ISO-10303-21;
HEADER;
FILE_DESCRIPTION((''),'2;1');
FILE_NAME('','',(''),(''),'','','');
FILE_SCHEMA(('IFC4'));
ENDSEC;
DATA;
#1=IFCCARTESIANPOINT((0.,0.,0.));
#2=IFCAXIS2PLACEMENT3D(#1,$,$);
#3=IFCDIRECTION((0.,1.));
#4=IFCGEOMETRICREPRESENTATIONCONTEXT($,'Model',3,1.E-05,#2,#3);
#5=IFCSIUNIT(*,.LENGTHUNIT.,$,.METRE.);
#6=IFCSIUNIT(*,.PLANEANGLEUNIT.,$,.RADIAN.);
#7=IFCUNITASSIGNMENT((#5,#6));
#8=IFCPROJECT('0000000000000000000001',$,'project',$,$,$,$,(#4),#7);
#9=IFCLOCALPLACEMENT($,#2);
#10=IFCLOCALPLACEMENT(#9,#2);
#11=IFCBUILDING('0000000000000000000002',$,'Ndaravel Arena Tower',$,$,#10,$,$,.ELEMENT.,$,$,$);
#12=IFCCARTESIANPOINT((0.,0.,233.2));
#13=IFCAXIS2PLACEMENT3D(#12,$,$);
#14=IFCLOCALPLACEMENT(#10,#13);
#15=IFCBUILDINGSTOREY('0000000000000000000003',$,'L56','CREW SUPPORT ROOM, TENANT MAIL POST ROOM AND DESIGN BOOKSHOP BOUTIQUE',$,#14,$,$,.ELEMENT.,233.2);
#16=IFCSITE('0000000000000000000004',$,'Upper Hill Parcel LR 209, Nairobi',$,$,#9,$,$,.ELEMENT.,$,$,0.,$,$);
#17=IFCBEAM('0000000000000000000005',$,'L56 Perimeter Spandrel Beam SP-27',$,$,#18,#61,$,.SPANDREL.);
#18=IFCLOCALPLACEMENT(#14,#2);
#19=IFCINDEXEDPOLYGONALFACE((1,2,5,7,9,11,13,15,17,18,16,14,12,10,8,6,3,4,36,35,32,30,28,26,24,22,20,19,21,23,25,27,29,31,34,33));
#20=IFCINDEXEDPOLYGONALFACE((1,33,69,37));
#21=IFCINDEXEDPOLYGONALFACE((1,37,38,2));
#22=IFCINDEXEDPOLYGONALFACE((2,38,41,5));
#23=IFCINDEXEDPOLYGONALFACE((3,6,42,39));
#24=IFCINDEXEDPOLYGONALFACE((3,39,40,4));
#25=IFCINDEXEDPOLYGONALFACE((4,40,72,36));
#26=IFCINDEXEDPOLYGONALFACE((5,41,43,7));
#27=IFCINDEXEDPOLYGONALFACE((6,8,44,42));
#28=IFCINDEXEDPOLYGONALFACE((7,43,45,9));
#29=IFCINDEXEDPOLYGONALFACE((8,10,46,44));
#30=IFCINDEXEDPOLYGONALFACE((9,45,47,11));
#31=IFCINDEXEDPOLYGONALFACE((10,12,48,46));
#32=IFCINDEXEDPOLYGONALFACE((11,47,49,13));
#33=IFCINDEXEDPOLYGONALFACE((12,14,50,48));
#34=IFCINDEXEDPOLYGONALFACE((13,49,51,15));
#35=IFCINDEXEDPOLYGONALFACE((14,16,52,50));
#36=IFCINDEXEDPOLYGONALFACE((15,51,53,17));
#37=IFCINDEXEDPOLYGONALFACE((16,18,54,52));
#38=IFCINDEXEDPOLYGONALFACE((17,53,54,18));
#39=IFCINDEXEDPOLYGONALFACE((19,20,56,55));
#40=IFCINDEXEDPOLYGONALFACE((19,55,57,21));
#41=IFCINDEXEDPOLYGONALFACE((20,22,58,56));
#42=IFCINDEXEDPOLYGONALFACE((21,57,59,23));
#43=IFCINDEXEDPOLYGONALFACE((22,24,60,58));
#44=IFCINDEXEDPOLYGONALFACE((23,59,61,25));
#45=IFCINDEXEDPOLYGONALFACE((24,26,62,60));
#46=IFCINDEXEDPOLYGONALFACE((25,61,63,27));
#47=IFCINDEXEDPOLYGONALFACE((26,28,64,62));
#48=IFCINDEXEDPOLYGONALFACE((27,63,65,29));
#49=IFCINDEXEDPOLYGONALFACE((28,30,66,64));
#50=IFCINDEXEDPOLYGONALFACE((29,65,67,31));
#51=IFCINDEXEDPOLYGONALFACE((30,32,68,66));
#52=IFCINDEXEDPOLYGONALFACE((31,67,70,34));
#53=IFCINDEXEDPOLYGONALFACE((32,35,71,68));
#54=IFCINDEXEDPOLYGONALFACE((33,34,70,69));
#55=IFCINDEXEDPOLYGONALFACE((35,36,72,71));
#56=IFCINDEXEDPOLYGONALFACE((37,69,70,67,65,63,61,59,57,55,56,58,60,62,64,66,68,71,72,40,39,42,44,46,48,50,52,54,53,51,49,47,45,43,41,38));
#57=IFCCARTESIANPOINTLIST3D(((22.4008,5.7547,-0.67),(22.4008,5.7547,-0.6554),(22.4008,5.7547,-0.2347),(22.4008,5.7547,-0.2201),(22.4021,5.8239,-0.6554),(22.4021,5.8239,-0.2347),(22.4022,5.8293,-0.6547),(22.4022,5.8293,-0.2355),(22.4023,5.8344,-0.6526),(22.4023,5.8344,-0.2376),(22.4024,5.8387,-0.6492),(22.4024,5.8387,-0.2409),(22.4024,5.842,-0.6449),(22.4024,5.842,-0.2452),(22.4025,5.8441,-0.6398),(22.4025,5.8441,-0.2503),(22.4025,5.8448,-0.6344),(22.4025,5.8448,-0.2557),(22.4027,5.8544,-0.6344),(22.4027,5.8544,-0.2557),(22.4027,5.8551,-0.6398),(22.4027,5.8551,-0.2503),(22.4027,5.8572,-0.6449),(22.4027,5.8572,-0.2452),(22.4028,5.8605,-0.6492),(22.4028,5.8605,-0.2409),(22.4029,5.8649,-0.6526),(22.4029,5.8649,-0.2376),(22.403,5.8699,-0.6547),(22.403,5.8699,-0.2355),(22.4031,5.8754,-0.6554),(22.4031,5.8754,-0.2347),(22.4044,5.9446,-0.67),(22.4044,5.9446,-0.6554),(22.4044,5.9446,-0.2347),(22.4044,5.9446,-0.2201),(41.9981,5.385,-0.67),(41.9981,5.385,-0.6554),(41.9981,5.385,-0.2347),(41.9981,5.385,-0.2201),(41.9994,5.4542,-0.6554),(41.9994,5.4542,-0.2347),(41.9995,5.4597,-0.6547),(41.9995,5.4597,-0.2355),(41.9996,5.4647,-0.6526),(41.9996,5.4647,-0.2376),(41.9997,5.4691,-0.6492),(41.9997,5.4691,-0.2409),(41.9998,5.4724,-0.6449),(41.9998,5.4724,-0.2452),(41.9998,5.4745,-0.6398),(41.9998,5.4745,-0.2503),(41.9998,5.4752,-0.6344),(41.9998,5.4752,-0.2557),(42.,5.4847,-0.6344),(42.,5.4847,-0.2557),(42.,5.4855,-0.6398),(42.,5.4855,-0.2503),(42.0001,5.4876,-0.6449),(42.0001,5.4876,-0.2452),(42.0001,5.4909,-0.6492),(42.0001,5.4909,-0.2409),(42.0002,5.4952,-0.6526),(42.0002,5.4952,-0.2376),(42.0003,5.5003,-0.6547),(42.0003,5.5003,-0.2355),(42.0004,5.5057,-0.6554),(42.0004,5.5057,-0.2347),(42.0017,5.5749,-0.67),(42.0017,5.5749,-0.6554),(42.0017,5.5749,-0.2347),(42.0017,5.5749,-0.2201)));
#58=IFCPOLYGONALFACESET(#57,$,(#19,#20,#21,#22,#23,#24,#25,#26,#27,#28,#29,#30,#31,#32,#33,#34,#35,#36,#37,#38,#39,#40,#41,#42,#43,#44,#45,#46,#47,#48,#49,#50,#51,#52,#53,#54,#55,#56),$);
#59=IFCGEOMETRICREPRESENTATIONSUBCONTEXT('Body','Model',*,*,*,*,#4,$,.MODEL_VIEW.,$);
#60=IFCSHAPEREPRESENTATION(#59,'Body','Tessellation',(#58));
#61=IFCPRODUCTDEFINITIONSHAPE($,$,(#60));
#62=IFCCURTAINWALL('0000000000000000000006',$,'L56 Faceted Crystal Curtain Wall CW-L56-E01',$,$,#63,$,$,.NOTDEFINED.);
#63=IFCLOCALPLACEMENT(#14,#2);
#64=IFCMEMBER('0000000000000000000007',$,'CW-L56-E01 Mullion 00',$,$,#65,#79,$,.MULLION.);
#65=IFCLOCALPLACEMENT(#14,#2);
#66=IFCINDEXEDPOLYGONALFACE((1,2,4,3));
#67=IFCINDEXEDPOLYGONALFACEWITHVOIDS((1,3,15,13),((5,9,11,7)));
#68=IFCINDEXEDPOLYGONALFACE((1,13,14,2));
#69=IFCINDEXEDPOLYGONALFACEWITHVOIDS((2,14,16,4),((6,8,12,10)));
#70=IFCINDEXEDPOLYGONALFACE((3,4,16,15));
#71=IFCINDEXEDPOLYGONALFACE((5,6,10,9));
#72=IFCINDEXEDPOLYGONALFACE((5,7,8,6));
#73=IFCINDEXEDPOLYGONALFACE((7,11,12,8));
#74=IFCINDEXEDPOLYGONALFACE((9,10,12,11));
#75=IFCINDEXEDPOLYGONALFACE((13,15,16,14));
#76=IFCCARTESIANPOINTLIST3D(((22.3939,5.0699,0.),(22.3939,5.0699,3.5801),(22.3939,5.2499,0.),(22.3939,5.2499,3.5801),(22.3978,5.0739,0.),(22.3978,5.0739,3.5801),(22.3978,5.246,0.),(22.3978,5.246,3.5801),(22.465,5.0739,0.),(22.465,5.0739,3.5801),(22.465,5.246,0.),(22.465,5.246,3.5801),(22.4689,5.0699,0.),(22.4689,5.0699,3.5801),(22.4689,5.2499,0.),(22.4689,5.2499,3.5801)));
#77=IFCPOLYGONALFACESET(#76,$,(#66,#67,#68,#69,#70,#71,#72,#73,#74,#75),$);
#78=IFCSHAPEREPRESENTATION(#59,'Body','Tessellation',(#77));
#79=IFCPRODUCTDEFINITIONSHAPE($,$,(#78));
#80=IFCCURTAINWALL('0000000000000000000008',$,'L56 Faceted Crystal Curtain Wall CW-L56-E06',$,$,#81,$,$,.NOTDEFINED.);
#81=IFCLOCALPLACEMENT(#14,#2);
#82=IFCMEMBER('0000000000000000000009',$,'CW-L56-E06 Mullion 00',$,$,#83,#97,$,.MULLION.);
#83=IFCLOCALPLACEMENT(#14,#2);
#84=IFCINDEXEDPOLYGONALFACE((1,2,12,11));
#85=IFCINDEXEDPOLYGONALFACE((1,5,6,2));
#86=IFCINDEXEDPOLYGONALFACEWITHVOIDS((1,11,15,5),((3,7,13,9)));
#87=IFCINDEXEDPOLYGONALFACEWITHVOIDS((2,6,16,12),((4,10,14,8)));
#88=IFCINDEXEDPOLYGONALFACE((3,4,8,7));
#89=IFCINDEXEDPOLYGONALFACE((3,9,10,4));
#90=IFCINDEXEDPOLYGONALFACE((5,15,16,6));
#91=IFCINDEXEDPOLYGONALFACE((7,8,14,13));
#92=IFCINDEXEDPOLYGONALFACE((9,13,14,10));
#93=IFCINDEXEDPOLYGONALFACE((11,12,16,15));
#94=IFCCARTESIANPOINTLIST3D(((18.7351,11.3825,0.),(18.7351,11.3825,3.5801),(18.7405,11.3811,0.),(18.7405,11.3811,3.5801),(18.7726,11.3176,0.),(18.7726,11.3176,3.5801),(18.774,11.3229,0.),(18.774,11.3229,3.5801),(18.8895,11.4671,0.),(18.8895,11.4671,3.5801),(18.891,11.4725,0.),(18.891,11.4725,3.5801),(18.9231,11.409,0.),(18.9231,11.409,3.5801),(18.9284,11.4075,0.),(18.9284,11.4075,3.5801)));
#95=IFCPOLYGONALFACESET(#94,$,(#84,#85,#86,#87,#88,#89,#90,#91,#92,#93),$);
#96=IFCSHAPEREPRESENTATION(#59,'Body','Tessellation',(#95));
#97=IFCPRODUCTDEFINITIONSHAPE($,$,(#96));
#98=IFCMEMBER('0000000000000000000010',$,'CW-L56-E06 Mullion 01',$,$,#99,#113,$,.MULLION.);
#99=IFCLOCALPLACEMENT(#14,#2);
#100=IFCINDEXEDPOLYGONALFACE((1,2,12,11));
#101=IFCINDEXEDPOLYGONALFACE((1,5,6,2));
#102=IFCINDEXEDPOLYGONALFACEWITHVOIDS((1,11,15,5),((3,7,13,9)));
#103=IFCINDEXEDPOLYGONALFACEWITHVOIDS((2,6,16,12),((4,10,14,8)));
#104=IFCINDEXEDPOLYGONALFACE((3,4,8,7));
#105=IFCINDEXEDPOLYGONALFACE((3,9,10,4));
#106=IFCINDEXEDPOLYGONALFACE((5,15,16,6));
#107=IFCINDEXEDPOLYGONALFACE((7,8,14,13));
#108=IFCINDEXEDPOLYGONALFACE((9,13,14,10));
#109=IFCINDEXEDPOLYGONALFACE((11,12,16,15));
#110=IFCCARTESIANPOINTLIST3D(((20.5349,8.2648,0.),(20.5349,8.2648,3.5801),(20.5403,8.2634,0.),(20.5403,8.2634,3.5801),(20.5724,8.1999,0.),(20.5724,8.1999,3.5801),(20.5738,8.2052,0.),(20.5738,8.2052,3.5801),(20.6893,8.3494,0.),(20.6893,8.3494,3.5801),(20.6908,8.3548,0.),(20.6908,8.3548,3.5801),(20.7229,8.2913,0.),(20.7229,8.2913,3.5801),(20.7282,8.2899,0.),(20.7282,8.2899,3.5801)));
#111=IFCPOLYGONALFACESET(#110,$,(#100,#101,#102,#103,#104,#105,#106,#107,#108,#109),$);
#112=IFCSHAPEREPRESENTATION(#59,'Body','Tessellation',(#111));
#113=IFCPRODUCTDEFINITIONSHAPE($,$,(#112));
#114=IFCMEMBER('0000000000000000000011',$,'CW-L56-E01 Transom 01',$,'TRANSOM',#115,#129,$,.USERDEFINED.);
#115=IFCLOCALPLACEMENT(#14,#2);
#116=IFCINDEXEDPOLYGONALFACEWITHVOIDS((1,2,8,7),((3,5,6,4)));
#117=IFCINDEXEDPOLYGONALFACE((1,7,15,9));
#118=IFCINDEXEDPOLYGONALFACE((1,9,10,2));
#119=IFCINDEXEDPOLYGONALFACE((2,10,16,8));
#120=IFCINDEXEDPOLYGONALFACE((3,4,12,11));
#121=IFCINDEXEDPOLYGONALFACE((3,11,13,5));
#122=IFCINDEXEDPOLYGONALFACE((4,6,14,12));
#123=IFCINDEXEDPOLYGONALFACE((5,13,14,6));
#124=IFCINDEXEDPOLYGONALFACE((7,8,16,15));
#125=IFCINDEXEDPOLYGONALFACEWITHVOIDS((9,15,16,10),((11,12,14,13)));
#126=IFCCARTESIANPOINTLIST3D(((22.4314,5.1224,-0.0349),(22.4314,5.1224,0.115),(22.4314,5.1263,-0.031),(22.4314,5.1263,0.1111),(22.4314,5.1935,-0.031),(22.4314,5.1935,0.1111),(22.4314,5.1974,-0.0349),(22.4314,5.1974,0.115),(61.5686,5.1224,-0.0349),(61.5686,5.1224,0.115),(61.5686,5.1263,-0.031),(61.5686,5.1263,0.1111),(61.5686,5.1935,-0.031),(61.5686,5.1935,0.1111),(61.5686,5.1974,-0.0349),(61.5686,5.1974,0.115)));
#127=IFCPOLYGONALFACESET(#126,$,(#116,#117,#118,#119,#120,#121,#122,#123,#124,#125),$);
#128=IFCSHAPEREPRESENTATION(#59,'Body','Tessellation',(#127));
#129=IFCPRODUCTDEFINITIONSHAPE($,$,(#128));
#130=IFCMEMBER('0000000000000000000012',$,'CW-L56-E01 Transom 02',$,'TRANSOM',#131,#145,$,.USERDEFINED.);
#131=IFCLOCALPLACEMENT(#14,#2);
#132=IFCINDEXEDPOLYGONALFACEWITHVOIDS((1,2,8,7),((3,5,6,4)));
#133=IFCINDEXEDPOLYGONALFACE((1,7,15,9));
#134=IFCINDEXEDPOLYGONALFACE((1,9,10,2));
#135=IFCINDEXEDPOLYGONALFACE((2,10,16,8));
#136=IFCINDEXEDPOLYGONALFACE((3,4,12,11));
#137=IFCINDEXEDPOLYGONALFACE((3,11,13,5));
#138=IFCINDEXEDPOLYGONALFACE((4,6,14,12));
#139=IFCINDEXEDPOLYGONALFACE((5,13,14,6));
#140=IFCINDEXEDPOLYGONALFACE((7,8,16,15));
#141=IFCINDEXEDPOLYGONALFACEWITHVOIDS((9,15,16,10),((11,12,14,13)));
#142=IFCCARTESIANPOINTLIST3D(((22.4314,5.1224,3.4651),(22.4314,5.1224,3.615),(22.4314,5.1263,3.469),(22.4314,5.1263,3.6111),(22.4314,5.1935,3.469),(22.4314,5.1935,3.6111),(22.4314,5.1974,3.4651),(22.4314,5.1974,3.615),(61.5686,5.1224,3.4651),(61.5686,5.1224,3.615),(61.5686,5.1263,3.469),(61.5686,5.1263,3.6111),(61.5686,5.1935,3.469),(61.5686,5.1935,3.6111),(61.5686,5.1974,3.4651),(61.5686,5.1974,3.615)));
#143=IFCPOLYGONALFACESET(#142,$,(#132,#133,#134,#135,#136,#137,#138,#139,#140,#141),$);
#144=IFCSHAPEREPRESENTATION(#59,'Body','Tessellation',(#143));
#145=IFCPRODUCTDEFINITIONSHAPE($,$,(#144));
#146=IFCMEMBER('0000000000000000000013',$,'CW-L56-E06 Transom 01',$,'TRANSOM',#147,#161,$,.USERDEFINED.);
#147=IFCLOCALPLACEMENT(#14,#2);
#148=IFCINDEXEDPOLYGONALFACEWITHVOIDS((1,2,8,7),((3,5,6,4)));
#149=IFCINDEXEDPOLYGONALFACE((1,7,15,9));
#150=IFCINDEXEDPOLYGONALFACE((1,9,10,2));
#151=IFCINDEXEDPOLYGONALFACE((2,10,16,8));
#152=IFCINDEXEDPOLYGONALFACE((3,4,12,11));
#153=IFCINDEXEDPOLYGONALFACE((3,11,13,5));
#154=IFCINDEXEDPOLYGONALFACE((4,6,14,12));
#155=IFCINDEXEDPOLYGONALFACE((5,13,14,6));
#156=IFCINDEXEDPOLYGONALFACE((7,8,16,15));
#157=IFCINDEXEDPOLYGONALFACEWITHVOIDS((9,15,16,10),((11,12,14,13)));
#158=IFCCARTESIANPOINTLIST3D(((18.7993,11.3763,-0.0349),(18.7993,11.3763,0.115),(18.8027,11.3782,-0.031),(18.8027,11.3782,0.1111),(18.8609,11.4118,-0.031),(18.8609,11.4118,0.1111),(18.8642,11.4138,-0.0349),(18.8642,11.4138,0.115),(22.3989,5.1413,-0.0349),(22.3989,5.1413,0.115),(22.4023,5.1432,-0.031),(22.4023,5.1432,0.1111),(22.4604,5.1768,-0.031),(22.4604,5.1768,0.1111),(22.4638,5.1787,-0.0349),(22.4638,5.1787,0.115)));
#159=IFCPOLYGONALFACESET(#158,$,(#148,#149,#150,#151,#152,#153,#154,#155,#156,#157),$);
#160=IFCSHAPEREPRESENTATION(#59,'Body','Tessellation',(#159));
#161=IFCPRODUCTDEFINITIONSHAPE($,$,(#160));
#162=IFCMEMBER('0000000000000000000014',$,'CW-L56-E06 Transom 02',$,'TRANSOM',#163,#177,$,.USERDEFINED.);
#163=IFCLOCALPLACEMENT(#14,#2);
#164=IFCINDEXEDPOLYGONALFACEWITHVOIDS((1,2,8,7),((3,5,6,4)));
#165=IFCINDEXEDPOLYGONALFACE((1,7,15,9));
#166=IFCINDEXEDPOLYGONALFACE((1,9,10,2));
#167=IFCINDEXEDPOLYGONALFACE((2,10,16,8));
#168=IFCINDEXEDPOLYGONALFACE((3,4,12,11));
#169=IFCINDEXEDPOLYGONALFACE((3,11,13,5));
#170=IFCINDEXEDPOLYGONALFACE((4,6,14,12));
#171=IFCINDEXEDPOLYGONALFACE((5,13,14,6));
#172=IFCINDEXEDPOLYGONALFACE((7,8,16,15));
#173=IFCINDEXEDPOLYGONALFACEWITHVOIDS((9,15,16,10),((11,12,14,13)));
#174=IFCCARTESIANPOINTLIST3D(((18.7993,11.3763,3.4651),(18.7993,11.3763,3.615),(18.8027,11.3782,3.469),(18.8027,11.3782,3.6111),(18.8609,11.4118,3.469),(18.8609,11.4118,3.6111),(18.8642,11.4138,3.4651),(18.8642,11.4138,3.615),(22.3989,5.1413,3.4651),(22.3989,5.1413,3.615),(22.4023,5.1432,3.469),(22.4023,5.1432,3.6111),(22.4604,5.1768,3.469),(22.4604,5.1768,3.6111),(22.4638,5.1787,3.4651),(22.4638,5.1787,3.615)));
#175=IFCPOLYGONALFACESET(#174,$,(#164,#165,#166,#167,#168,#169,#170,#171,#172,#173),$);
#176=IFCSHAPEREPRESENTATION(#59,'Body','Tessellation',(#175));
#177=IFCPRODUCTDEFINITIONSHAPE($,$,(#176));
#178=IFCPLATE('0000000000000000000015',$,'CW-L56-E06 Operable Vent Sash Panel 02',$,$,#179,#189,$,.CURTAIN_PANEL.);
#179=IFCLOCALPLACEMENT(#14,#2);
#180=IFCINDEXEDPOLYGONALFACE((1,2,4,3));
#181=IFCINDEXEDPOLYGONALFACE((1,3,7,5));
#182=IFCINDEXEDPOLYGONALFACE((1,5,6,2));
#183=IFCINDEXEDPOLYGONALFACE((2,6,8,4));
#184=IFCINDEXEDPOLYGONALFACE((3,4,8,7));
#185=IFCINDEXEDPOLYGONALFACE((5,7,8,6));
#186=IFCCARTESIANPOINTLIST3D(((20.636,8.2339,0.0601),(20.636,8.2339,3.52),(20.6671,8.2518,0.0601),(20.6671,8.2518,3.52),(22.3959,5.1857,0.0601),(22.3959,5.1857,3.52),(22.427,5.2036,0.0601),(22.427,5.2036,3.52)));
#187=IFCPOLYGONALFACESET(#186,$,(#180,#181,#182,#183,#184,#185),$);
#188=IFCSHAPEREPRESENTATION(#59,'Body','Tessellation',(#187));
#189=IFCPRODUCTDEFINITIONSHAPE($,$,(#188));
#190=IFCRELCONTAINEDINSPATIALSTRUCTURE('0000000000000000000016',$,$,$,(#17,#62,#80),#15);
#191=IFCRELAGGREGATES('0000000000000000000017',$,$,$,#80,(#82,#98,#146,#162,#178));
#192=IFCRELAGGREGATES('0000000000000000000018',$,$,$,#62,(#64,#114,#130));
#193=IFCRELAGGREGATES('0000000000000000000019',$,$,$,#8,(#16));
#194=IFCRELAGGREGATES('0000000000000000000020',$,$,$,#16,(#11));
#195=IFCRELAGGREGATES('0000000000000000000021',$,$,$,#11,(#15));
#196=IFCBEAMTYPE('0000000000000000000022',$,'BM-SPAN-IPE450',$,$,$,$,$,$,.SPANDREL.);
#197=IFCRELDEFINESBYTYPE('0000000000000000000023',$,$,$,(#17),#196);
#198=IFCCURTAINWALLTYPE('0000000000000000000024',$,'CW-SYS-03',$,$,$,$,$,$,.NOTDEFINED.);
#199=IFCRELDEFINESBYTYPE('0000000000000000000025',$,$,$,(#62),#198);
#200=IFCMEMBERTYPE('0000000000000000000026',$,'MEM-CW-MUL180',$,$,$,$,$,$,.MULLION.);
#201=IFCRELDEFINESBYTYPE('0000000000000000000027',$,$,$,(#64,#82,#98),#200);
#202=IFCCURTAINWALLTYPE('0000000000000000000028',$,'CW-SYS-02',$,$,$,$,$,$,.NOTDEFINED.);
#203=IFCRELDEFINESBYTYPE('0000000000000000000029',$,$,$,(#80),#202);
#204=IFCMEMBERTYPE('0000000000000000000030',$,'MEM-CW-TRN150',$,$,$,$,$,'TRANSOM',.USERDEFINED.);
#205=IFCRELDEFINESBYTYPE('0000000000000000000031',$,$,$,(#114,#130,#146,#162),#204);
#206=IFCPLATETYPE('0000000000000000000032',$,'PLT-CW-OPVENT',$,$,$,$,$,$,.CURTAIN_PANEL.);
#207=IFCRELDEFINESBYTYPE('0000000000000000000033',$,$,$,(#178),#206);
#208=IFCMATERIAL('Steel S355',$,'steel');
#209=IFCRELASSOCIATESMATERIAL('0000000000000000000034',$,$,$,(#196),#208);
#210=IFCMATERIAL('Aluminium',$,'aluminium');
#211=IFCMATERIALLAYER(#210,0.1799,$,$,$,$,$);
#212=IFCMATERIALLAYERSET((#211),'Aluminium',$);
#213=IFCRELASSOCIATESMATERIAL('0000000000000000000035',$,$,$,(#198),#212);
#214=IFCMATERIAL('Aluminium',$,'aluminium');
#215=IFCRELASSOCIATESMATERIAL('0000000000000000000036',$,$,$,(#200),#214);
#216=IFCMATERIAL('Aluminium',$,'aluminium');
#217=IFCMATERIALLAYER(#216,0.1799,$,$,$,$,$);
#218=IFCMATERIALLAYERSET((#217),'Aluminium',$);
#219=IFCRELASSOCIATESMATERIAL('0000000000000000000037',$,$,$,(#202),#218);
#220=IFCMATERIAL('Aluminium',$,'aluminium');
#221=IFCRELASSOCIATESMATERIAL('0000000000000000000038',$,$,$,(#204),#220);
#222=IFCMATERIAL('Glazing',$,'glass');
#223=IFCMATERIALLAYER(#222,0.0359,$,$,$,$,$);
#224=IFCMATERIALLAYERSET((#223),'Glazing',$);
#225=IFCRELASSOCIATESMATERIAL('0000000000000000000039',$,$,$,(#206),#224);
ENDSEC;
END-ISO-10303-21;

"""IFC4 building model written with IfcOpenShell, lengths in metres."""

from ifc_helpers import new_model, si_unit, direction, frame, origin, origin_2d, place, context, subcontext, project, spatial, rectangle, hollow_rectangle, i_section, extrude, material, layer, layer_set, material_profile, profile_set, type_object, element, aggregate, save


model = new_model("IFC4")

# Units and contexts
model_context = context("Model", 3, precision=1e-05, world=origin(), true_north=direction((0.0, 1.0)))
body_context = subcontext(model_context, "Body", "Model", "MODEL_VIEW")
ifc_project = project(units=[si_unit("LENGTHUNIT", "METRE"), si_unit("PLANEANGLEUNIT", "RADIAN")], contexts=[model_context])

# Site, building, storey
site_placement = place(None, origin())
site = spatial("IfcSite", under=ifc_project, at=site_placement, Name="Upper Hill Parcel LR 209, Nairobi", CompositionType="ELEMENT", RefElevation=0.0)
building_placement = place(site_placement, origin())
building = spatial("IfcBuilding", under=site, at=building_placement, Name="Ndaravel Arena Tower", CompositionType="ELEMENT")
storey_placement = place(building_placement, frame((0.0, 0.0, 233.2)))
storey = spatial("IfcBuildingStorey", under=building, at=storey_placement, Name="L56", Description="CREW SUPPORT ROOM, TENANT MAIL POST ROOM AND DESIGN BOOKSHOP BOUTIQUE", CompositionType="ELEMENT", Elevation=233.2)

# Beam
ifc_material_1 = material(Name="Steel S355", Category="steel")
ifc_material_profile_1 = material_profile(ifc_material_1, i_section(OverallWidth=0.1899, OverallDepth=0.45, WebThickness=0.0095, FlangeThickness=0.0146, FilletRadius=0.021, at=origin_2d()), Name="IPE 450")
ifc_profile_set_1 = profile_set([ifc_material_profile_1], Name="Steel S355")
beam_type = type_object("IfcBeamType", Name="BM-SPAN-IPE450", PredefinedType="SPANDREL", material=ifc_profile_set_1)
beam_1_placement = place(storey_placement, frame((22.4026, 5.8496, -0.4451), z_axis=(0.999822, -0.018858, 0.0), x_axis=(0.018858, 0.999822, 0.0)))
element("IfcBeam", 1, at=beam_1_placement, inside=storey, type_object=beam_type, Name="L56 Perimeter Spandrel Beam SP-27", PredefinedType="SPANDREL", context=body_context, shape_type="SweptSolid", body=[
    extrude(i_section(OverallWidth=0.1899, OverallDepth=0.45, WebThickness=0.0095, FlangeThickness=0.0146, FilletRadius=0.021, at=origin_2d()), origin(), (0.0, 0.0, 1.0), 19.6008),
])

# Curtain wall, member
ifc_material_2 = material(Name="Aluminium", Category="aluminium")
ifc_layer_1 = layer(ifc_material_2, 0.1799)
ifc_layer_set_1 = layer_set([ifc_layer_1], Name="Aluminium")
curtain_wall_type_1 = type_object("IfcCurtainWallType", Name="CW-SYS-03", PredefinedType="NOTDEFINED", material=ifc_layer_set_1)
curtain_wall_1_placement = place(storey_placement, origin())
curtain_wall_1 = element("IfcCurtainWall", 2, at=curtain_wall_1_placement, inside=storey, type_object=curtain_wall_type_1, Name="L56 Faceted Crystal Curtain Wall CW-L56-E01", PredefinedType="NOTDEFINED")
ifc_material_3 = material(Name="Aluminium", Category="aluminium")
ifc_material_profile_2 = material_profile(ifc_material_3, hollow_rectangle(XDim=0.075, YDim=0.1799, WallThickness=0.0039, at=origin_2d()), Name="CW MULLION 75x180x4")
ifc_profile_set_2 = profile_set([ifc_material_profile_2], Name="Aluminium")
member_type_1 = type_object("IfcMemberType", Name="MEM-CW-MUL180", PredefinedType="MULLION", material=ifc_profile_set_2)
member_1_placement = place(storey_placement, frame((22.4314, 5.1599, 0.0), z_axis=(0.0, 0.0, 1.0), x_axis=(1.0, 0.0, 0.0)))
member_1 = element("IfcMember", 3, at=member_1_placement, type_object=member_type_1, Name="CW-L56-E01 Mullion 00", PredefinedType="MULLION", context=body_context, shape_type="SweptSolid", body=[
    extrude(hollow_rectangle(XDim=0.075, YDim=0.1799, WallThickness=0.0039, at=origin_2d()), origin(), (0.0, 0.0, 1.0), 3.5801),
])

# Curtain wall, members
ifc_material_4 = material(Name="Aluminium", Category="aluminium")
ifc_layer_2 = layer(ifc_material_4, 0.1799)
ifc_layer_set_2 = layer_set([ifc_layer_2], Name="Aluminium")
curtain_wall_type_2 = type_object("IfcCurtainWallType", Name="CW-SYS-02", PredefinedType="NOTDEFINED", material=ifc_layer_set_2)
curtain_wall_2_placement = place(storey_placement, origin())
curtain_wall_2 = element("IfcCurtainWall", 4, at=curtain_wall_2_placement, inside=storey, type_object=curtain_wall_type_2, Name="L56 Faceted Crystal Curtain Wall CW-L56-E06", PredefinedType="NOTDEFINED")
member_2_placement = place(storey_placement, frame((18.8318, 11.395, 0.0), z_axis=(0.0, 0.0, 1.0), x_axis=(0.499985, -0.866034, 0.0)))
member_2 = element("IfcMember", 5, at=member_2_placement, type_object=member_type_1, Name="CW-L56-E06 Mullion 00", PredefinedType="MULLION", context=body_context, shape_type="SweptSolid", body=[
    extrude(hollow_rectangle(XDim=0.075, YDim=0.1799, WallThickness=0.0039, at=origin_2d()), origin(), (0.0, 0.0, 1.0), 3.5801),
])
member_3_placement = place(storey_placement, frame((20.6316, 8.2773, 0.0), z_axis=(0.0, 0.0, 1.0), x_axis=(0.499985, -0.866034, 0.0)))
member_3 = element("IfcMember", 6, at=member_3_placement, type_object=member_type_1, Name="CW-L56-E06 Mullion 01", PredefinedType="MULLION", context=body_context, shape_type="SweptSolid", body=[
    extrude(hollow_rectangle(XDim=0.075, YDim=0.1799, WallThickness=0.0039, at=origin_2d()), origin(), (0.0, 0.0, 1.0), 3.5801),
])

# Members
ifc_material_5 = material(Name="Aluminium", Category="aluminium")
ifc_material_profile_3 = material_profile(ifc_material_5, hollow_rectangle(XDim=0.075, YDim=0.1499, WallThickness=0.0039, at=origin_2d()), Name="CW TRANSOM 75x150x4")
ifc_profile_set_3 = profile_set([ifc_material_profile_3], Name="Aluminium")
member_type_2 = type_object("IfcMemberType", Name="MEM-CW-TRN150", ElementType="TRANSOM", PredefinedType="USERDEFINED", material=ifc_profile_set_3)
member_4_placement = place(storey_placement, frame((22.4314, 5.1599, 0.04), z_axis=(1.0, 0.0, 0.0), x_axis=(0.0, 1.0, 0.0)))
member_4 = element("IfcMember", 7, at=member_4_placement, type_object=member_type_2, Name="CW-L56-E01 Transom 01", ObjectType="TRANSOM", PredefinedType="USERDEFINED", context=body_context, shape_type="SweptSolid", body=[
    extrude(hollow_rectangle(XDim=0.075, YDim=0.1499, WallThickness=0.0039, at=origin_2d()), origin(), (0.0, 0.0, 1.0), 39.1372),
])
member_5_placement = place(storey_placement, frame((22.4314, 5.1599, 3.54), z_axis=(1.0, 0.0, 0.0), x_axis=(0.0, 1.0, 0.0)))
member_5 = element("IfcMember", 8, at=member_5_placement, type_object=member_type_2, Name="CW-L56-E01 Transom 02", ObjectType="TRANSOM", PredefinedType="USERDEFINED", context=body_context, shape_type="SweptSolid", body=[
    extrude(hollow_rectangle(XDim=0.075, YDim=0.1499, WallThickness=0.0039, at=origin_2d()), origin(), (0.0, 0.0, 1.0), 39.1372),
])
member_6_placement = place(storey_placement, frame((18.8318, 11.395, 0.04), z_axis=(0.499976, -0.866039, 0.0), x_axis=(0.866039, 0.499976, 0.0)))
member_6 = element("IfcMember", 9, at=member_6_placement, type_object=member_type_2, Name="CW-L56-E06 Transom 01", ObjectType="TRANSOM", PredefinedType="USERDEFINED", context=body_context, shape_type="SweptSolid", body=[
    extrude(hollow_rectangle(XDim=0.075, YDim=0.1499, WallThickness=0.0039, at=origin_2d()), origin(), (0.0, 0.0, 1.0), 7.1995),
])
member_7_placement = place(storey_placement, frame((18.8318, 11.395, 3.54), z_axis=(0.499976, -0.866039, 0.0), x_axis=(0.866039, 0.499976, 0.0)))
member_7 = element("IfcMember", 10, at=member_7_placement, type_object=member_type_2, Name="CW-L56-E06 Transom 02", ObjectType="TRANSOM", PredefinedType="USERDEFINED", context=body_context, shape_type="SweptSolid", body=[
    extrude(hollow_rectangle(XDim=0.075, YDim=0.1499, WallThickness=0.0039, at=origin_2d()), origin(), (0.0, 0.0, 1.0), 7.1995),
])

# Plate
ifc_material_6 = material(Name="Glazing", Category="glass")
ifc_layer_3 = layer(ifc_material_6, 0.0359)
ifc_layer_set_3 = layer_set([ifc_layer_3], Name="Glazing")
plate_type_1 = type_object("IfcPlateType", Name="PLT-CW-OPVENT", PredefinedType="CURTAIN_PANEL", material=ifc_layer_set_3)
plate_1_placement = place(storey_placement, frame((21.5315, 6.7188, 0.0601), z_axis=(0.0, 0.0, 1.0), x_axis=(0.499985, -0.866034, 0.0)))
plate_1 = element("IfcPlate", 11, at=plate_1_placement, type_object=plate_type_1, Name="CW-L56-E06 Operable Vent Sash Panel 02", PredefinedType="CURTAIN_PANEL", context=body_context, shape_type="SweptSolid", body=[
    extrude(rectangle(XDim=3.5198, YDim=0.0359, at=origin_2d()), origin(), (0.0, 0.0, 1.0), 3.46),
])
aggregate(curtain_wall_2, [member_2, member_3, member_6, member_7, plate_1])
aggregate(curtain_wall_1, [member_1, member_4, member_5])

save(model, "model.ifc")
